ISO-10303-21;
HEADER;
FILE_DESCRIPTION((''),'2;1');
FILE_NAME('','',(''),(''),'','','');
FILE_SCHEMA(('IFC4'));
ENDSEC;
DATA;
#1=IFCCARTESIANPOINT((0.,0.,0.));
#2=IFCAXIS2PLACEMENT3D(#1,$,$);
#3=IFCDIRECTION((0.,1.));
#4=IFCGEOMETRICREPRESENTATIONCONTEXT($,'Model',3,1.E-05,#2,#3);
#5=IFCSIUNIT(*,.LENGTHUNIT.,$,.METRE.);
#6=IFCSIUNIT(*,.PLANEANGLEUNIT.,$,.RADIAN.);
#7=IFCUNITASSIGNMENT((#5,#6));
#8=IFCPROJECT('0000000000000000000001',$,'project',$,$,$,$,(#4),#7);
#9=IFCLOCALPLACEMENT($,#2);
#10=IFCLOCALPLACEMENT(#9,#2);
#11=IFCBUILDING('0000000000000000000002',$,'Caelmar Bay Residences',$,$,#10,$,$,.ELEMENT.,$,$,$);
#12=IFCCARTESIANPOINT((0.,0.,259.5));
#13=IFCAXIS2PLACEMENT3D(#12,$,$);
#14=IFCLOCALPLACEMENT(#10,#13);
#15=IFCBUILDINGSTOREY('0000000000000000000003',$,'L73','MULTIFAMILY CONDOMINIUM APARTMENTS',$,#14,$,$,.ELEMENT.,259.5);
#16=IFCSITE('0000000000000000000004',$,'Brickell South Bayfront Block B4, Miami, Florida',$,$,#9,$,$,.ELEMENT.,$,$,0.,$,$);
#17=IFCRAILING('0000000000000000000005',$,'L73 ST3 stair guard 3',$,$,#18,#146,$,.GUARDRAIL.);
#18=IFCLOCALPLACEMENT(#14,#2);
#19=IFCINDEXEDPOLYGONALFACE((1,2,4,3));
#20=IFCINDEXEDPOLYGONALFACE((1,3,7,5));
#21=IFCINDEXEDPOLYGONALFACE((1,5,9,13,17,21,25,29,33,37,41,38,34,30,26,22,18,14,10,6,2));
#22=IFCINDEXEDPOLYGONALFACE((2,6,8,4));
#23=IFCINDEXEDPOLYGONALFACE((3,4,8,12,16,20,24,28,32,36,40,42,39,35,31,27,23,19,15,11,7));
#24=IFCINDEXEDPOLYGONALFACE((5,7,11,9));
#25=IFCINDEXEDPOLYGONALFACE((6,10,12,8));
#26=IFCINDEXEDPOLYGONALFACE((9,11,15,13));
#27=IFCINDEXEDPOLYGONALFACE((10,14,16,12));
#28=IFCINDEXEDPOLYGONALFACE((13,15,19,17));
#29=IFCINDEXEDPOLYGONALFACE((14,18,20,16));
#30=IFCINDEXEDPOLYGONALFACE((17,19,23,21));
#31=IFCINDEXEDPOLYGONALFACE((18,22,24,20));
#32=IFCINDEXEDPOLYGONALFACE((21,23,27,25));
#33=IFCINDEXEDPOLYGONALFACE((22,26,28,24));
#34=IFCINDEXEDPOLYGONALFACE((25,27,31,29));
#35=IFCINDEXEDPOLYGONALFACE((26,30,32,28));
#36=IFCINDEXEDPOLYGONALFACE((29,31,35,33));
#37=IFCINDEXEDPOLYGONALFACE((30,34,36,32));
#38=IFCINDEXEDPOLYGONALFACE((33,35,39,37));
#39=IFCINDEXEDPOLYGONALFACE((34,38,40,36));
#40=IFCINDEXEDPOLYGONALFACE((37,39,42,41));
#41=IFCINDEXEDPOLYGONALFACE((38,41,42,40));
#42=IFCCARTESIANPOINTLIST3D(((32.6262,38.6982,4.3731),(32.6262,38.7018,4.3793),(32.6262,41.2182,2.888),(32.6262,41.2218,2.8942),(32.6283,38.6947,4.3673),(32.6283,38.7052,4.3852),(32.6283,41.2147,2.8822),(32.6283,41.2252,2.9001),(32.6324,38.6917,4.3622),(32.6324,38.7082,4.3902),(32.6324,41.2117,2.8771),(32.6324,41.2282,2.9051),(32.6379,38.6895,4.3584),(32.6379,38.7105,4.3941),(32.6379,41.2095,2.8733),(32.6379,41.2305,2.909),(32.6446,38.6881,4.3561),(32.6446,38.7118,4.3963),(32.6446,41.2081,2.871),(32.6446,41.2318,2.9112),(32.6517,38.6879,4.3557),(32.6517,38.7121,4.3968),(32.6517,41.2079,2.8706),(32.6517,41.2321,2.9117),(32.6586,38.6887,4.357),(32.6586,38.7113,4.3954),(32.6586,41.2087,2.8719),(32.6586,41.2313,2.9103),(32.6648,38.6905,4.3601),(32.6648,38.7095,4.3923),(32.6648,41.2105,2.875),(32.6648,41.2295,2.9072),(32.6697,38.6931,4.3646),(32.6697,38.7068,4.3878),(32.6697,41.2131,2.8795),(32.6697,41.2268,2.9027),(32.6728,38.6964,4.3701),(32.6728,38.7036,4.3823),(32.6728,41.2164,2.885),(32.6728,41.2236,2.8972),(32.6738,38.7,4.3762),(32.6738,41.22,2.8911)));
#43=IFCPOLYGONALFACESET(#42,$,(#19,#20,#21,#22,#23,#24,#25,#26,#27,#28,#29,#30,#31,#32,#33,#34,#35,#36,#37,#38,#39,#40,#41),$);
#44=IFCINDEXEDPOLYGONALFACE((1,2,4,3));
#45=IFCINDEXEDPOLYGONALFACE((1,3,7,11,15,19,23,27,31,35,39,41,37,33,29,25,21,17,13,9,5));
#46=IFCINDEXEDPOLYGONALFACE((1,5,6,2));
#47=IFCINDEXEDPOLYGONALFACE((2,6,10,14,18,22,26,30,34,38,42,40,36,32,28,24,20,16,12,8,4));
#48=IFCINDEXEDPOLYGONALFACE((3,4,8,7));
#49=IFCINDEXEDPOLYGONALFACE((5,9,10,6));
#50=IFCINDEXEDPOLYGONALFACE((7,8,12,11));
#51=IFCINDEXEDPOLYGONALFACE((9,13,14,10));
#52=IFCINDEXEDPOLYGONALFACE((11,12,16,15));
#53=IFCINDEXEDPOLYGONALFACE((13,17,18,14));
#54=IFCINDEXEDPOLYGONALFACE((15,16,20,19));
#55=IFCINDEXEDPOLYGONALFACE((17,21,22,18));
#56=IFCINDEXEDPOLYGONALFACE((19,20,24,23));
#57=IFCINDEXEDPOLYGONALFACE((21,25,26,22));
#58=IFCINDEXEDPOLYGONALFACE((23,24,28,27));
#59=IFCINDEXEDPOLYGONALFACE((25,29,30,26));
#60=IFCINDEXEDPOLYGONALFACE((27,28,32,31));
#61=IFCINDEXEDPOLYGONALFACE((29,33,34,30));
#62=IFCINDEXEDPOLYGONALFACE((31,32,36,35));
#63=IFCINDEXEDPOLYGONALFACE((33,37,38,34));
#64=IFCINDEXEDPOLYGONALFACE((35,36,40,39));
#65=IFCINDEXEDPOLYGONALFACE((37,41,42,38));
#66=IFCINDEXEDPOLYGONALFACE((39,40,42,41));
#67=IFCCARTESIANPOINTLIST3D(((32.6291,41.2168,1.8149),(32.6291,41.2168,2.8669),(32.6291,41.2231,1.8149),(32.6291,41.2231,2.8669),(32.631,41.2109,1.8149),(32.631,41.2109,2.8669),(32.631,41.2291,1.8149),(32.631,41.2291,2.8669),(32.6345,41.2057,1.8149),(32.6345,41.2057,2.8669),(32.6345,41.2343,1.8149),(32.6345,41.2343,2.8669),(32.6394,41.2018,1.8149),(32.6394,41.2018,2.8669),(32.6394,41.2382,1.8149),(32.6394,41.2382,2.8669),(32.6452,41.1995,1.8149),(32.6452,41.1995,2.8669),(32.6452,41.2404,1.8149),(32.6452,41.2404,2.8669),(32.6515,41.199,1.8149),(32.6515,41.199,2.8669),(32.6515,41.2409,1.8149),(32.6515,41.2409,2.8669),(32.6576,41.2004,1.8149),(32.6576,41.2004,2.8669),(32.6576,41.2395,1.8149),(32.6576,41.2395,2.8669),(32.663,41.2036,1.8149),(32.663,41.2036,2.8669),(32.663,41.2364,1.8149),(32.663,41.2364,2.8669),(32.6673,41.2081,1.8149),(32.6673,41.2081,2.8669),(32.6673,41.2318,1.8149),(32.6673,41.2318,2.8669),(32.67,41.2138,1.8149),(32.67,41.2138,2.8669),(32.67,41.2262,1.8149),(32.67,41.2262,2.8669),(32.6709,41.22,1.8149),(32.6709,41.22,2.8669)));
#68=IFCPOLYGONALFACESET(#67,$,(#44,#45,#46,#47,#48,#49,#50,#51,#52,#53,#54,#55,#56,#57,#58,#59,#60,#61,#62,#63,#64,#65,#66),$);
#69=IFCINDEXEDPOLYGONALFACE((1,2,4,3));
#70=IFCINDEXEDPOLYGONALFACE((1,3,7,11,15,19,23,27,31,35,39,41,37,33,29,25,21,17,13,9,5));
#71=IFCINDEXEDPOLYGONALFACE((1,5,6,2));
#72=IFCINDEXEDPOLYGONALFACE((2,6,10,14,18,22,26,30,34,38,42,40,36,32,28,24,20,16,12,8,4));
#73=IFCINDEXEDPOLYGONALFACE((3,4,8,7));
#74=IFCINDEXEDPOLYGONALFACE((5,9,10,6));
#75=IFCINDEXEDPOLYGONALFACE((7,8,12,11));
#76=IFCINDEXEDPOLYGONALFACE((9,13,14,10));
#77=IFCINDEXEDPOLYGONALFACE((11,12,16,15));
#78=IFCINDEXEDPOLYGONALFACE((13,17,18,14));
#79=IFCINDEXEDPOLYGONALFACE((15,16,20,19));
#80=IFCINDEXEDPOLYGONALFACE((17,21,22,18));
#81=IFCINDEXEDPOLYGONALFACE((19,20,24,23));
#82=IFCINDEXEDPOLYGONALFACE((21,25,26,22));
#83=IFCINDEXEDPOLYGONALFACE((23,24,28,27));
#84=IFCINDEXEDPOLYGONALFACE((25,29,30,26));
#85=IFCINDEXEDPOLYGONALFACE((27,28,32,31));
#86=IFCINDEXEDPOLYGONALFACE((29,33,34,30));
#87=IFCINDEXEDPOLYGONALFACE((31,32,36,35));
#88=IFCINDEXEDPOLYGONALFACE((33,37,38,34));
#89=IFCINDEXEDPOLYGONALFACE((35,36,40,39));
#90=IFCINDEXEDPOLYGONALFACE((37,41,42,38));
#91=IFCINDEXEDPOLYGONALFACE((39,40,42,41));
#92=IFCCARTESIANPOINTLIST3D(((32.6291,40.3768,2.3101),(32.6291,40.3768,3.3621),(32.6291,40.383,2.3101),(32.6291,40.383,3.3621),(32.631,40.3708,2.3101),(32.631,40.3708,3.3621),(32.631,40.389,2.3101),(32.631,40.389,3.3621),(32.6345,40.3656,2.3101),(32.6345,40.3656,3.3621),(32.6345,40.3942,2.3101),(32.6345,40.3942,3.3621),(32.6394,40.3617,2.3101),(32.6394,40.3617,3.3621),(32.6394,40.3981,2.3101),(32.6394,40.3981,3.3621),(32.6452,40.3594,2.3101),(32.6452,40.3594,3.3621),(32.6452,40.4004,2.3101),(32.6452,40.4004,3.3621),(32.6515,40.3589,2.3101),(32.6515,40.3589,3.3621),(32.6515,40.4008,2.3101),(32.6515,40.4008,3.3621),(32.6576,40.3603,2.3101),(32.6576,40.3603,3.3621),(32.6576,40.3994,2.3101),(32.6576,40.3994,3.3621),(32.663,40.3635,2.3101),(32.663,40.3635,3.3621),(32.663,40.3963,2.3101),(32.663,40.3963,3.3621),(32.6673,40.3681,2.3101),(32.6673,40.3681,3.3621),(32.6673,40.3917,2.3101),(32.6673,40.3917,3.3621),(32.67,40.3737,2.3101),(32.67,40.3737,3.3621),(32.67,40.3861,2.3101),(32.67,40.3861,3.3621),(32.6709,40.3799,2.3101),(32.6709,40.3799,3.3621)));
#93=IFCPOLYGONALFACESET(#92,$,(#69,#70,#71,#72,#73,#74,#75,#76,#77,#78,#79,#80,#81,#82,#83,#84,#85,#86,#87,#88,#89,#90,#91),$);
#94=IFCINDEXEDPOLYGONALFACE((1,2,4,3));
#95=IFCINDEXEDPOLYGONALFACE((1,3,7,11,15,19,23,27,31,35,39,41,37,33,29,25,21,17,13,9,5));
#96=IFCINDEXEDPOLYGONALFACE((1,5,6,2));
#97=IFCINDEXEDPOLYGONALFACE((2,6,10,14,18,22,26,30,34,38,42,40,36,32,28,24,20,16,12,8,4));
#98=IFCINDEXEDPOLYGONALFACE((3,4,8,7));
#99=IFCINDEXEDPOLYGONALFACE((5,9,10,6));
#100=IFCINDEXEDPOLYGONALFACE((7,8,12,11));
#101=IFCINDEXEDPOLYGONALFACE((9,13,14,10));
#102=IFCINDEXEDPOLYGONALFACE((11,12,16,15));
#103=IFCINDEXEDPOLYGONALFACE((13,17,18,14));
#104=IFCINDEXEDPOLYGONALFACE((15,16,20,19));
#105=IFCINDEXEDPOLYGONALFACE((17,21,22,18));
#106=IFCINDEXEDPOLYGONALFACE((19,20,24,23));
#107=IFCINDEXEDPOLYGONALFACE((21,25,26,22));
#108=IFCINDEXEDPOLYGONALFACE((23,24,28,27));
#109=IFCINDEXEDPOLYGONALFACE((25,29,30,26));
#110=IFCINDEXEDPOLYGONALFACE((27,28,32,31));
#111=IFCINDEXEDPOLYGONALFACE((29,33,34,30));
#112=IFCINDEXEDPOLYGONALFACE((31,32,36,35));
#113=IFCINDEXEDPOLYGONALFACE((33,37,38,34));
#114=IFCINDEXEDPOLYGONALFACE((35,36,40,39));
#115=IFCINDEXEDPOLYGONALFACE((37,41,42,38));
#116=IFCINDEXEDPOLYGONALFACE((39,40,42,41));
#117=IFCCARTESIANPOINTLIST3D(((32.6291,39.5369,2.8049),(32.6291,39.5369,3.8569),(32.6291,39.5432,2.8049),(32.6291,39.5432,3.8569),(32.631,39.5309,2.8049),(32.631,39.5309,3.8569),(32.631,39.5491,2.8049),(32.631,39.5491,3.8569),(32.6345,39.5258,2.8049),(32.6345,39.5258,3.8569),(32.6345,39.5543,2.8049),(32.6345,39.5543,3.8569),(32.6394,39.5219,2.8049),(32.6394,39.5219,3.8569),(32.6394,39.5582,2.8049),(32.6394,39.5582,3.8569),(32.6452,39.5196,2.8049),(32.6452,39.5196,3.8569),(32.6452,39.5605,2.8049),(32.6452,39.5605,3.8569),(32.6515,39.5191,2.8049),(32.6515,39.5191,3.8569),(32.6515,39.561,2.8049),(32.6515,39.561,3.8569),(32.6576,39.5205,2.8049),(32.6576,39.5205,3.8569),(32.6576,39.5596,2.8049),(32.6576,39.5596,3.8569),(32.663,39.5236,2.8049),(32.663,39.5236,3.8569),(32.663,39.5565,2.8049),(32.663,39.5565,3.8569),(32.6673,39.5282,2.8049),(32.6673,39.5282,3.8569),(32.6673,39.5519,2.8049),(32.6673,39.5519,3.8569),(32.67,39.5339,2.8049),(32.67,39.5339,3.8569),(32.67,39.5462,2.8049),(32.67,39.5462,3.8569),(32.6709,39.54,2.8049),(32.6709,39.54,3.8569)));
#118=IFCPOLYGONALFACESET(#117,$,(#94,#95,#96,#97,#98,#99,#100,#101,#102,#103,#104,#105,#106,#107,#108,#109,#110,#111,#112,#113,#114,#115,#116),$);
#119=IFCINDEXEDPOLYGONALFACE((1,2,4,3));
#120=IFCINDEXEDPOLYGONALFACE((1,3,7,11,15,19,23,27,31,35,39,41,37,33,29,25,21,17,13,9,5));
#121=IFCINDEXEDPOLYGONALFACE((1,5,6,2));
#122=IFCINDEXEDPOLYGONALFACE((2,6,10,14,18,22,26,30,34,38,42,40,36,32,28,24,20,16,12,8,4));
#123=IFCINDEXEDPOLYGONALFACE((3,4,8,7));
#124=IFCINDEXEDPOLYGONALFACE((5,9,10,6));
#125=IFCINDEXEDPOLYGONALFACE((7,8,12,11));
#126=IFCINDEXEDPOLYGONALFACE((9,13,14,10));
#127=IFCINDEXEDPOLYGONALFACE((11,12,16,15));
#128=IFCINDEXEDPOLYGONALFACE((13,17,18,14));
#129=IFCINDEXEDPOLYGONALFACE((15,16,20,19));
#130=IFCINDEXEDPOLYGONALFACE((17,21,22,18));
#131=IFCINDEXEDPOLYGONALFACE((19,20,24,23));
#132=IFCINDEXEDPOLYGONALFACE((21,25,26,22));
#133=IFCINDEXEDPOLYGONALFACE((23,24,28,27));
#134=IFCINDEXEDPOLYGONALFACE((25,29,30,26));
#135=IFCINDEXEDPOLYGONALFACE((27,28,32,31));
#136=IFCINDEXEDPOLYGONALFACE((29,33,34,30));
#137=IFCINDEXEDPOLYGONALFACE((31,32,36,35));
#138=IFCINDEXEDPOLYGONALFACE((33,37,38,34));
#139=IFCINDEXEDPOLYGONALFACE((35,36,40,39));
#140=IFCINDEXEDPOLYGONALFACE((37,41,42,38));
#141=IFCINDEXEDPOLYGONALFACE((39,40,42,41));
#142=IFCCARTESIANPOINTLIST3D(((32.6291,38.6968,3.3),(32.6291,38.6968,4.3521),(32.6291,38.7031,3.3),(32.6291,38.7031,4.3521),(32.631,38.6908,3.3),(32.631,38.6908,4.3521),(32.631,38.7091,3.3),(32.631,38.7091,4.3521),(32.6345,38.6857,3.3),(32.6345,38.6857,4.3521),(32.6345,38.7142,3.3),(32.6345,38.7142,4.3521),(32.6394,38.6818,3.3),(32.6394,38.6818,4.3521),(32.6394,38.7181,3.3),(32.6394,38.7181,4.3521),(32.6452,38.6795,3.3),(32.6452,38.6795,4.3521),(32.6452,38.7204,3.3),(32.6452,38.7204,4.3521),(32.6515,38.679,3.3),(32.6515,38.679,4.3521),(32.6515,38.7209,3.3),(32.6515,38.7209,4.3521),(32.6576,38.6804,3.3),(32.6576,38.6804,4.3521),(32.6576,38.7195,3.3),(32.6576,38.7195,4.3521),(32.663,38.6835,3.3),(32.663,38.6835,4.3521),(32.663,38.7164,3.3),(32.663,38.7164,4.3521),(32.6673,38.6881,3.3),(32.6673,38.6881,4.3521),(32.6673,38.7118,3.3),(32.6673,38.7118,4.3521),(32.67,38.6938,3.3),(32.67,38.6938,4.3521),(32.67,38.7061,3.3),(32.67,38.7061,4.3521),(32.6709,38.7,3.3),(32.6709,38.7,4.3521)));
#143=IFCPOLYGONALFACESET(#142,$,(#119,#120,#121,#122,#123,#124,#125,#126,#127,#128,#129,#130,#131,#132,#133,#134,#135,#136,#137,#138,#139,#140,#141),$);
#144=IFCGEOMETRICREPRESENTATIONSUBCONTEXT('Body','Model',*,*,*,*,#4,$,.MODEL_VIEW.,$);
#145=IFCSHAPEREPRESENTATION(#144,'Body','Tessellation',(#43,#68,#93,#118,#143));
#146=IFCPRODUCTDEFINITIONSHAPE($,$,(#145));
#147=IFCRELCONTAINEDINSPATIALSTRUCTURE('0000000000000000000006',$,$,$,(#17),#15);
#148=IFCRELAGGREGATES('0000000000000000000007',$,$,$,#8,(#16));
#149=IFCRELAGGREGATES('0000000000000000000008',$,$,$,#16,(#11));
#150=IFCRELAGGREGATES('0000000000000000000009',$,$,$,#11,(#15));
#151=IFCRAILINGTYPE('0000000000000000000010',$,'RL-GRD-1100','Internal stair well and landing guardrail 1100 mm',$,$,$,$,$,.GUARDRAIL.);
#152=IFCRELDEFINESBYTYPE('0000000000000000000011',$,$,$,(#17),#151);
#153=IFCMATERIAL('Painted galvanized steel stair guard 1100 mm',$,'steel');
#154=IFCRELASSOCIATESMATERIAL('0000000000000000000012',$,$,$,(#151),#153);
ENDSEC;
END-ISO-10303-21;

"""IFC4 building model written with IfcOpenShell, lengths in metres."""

from ifc_helpers import new_model, si_unit, direction, frame, origin, origin_2d, place, context, subcontext, project, spatial, circle, extrude, material, type_object, element, save


model = new_model("IFC4")

# Units and contexts
model_context = context("Model", 3, precision=1e-05, world=origin(), true_north=direction((0.0, 1.0)))
body_context = subcontext(model_context, "Body", "Model", "MODEL_VIEW")
ifc_project = project(units=[si_unit("LENGTHUNIT", "METRE"), si_unit("PLANEANGLEUNIT", "RADIAN")], contexts=[model_context])

# Site, building, storey
site_placement = place(None, origin())
site = spatial("IfcSite", under=ifc_project, at=site_placement, Name="Brickell South Bayfront Block B4, Miami, Florida", CompositionType="ELEMENT", RefElevation=0.0)
building_placement = place(site_placement, origin())
building = spatial("IfcBuilding", under=site, at=building_placement, Name="Caelmar Bay Residences", CompositionType="ELEMENT")
storey_placement = place(building_placement, frame((0.0, 0.0, 259.5)))
storey = spatial("IfcBuildingStorey", under=building, at=storey_placement, Name="L73", Description="MULTIFAMILY CONDOMINIUM APARTMENTS", CompositionType="ELEMENT", Elevation=259.5)

# Railing
ifc_material_1 = material(Name="Painted galvanized steel stair guard 1100 mm", Category="steel")
railing_type_1 = type_object("IfcRailingType", Name="RL-GRD-1100", Description="Internal stair well and landing guardrail 1100 mm", PredefinedType="GUARDRAIL", material=ifc_material_1)
railing_1_placement = place(storey_placement, frame((32.6499, 41.22, 1.8149)))
element("IfcRailing", 1, at=railing_1_placement, inside=storey, type_object=railing_type_1, Name="L73 ST3 stair guard 3", PredefinedType="GUARDRAIL", context=body_context, shape_type="SweptSolid", body=[
    extrude(circle(Radius=0.0239, at=origin_2d()), frame((0.0, 0.0, 1.0762), z_axis=(0.0, -0.861524, 0.507717), x_axis=(1.0, 0.0, 0.0)), (0.0, 0.0, 1.0), 2.925),
    extrude(circle(Radius=0.021, at=origin_2d()), origin(), (0.0, 0.0, 1.0), 1.052),
    extrude(circle(Radius=0.021, at=origin_2d()), frame((0.0, -0.8401, 0.4951)), (0.0, 0.0, 1.0), 1.052),
    extrude(circle(Radius=0.021, at=origin_2d()), frame((0.0, -1.6799, 0.99)), (0.0, 0.0, 1.0), 1.052),
    extrude(circle(Radius=0.021, at=origin_2d()), frame((0.0, -2.52, 1.4851)), (0.0, 0.0, 1.0), 1.052),
])

save(model, "model.ifc")
